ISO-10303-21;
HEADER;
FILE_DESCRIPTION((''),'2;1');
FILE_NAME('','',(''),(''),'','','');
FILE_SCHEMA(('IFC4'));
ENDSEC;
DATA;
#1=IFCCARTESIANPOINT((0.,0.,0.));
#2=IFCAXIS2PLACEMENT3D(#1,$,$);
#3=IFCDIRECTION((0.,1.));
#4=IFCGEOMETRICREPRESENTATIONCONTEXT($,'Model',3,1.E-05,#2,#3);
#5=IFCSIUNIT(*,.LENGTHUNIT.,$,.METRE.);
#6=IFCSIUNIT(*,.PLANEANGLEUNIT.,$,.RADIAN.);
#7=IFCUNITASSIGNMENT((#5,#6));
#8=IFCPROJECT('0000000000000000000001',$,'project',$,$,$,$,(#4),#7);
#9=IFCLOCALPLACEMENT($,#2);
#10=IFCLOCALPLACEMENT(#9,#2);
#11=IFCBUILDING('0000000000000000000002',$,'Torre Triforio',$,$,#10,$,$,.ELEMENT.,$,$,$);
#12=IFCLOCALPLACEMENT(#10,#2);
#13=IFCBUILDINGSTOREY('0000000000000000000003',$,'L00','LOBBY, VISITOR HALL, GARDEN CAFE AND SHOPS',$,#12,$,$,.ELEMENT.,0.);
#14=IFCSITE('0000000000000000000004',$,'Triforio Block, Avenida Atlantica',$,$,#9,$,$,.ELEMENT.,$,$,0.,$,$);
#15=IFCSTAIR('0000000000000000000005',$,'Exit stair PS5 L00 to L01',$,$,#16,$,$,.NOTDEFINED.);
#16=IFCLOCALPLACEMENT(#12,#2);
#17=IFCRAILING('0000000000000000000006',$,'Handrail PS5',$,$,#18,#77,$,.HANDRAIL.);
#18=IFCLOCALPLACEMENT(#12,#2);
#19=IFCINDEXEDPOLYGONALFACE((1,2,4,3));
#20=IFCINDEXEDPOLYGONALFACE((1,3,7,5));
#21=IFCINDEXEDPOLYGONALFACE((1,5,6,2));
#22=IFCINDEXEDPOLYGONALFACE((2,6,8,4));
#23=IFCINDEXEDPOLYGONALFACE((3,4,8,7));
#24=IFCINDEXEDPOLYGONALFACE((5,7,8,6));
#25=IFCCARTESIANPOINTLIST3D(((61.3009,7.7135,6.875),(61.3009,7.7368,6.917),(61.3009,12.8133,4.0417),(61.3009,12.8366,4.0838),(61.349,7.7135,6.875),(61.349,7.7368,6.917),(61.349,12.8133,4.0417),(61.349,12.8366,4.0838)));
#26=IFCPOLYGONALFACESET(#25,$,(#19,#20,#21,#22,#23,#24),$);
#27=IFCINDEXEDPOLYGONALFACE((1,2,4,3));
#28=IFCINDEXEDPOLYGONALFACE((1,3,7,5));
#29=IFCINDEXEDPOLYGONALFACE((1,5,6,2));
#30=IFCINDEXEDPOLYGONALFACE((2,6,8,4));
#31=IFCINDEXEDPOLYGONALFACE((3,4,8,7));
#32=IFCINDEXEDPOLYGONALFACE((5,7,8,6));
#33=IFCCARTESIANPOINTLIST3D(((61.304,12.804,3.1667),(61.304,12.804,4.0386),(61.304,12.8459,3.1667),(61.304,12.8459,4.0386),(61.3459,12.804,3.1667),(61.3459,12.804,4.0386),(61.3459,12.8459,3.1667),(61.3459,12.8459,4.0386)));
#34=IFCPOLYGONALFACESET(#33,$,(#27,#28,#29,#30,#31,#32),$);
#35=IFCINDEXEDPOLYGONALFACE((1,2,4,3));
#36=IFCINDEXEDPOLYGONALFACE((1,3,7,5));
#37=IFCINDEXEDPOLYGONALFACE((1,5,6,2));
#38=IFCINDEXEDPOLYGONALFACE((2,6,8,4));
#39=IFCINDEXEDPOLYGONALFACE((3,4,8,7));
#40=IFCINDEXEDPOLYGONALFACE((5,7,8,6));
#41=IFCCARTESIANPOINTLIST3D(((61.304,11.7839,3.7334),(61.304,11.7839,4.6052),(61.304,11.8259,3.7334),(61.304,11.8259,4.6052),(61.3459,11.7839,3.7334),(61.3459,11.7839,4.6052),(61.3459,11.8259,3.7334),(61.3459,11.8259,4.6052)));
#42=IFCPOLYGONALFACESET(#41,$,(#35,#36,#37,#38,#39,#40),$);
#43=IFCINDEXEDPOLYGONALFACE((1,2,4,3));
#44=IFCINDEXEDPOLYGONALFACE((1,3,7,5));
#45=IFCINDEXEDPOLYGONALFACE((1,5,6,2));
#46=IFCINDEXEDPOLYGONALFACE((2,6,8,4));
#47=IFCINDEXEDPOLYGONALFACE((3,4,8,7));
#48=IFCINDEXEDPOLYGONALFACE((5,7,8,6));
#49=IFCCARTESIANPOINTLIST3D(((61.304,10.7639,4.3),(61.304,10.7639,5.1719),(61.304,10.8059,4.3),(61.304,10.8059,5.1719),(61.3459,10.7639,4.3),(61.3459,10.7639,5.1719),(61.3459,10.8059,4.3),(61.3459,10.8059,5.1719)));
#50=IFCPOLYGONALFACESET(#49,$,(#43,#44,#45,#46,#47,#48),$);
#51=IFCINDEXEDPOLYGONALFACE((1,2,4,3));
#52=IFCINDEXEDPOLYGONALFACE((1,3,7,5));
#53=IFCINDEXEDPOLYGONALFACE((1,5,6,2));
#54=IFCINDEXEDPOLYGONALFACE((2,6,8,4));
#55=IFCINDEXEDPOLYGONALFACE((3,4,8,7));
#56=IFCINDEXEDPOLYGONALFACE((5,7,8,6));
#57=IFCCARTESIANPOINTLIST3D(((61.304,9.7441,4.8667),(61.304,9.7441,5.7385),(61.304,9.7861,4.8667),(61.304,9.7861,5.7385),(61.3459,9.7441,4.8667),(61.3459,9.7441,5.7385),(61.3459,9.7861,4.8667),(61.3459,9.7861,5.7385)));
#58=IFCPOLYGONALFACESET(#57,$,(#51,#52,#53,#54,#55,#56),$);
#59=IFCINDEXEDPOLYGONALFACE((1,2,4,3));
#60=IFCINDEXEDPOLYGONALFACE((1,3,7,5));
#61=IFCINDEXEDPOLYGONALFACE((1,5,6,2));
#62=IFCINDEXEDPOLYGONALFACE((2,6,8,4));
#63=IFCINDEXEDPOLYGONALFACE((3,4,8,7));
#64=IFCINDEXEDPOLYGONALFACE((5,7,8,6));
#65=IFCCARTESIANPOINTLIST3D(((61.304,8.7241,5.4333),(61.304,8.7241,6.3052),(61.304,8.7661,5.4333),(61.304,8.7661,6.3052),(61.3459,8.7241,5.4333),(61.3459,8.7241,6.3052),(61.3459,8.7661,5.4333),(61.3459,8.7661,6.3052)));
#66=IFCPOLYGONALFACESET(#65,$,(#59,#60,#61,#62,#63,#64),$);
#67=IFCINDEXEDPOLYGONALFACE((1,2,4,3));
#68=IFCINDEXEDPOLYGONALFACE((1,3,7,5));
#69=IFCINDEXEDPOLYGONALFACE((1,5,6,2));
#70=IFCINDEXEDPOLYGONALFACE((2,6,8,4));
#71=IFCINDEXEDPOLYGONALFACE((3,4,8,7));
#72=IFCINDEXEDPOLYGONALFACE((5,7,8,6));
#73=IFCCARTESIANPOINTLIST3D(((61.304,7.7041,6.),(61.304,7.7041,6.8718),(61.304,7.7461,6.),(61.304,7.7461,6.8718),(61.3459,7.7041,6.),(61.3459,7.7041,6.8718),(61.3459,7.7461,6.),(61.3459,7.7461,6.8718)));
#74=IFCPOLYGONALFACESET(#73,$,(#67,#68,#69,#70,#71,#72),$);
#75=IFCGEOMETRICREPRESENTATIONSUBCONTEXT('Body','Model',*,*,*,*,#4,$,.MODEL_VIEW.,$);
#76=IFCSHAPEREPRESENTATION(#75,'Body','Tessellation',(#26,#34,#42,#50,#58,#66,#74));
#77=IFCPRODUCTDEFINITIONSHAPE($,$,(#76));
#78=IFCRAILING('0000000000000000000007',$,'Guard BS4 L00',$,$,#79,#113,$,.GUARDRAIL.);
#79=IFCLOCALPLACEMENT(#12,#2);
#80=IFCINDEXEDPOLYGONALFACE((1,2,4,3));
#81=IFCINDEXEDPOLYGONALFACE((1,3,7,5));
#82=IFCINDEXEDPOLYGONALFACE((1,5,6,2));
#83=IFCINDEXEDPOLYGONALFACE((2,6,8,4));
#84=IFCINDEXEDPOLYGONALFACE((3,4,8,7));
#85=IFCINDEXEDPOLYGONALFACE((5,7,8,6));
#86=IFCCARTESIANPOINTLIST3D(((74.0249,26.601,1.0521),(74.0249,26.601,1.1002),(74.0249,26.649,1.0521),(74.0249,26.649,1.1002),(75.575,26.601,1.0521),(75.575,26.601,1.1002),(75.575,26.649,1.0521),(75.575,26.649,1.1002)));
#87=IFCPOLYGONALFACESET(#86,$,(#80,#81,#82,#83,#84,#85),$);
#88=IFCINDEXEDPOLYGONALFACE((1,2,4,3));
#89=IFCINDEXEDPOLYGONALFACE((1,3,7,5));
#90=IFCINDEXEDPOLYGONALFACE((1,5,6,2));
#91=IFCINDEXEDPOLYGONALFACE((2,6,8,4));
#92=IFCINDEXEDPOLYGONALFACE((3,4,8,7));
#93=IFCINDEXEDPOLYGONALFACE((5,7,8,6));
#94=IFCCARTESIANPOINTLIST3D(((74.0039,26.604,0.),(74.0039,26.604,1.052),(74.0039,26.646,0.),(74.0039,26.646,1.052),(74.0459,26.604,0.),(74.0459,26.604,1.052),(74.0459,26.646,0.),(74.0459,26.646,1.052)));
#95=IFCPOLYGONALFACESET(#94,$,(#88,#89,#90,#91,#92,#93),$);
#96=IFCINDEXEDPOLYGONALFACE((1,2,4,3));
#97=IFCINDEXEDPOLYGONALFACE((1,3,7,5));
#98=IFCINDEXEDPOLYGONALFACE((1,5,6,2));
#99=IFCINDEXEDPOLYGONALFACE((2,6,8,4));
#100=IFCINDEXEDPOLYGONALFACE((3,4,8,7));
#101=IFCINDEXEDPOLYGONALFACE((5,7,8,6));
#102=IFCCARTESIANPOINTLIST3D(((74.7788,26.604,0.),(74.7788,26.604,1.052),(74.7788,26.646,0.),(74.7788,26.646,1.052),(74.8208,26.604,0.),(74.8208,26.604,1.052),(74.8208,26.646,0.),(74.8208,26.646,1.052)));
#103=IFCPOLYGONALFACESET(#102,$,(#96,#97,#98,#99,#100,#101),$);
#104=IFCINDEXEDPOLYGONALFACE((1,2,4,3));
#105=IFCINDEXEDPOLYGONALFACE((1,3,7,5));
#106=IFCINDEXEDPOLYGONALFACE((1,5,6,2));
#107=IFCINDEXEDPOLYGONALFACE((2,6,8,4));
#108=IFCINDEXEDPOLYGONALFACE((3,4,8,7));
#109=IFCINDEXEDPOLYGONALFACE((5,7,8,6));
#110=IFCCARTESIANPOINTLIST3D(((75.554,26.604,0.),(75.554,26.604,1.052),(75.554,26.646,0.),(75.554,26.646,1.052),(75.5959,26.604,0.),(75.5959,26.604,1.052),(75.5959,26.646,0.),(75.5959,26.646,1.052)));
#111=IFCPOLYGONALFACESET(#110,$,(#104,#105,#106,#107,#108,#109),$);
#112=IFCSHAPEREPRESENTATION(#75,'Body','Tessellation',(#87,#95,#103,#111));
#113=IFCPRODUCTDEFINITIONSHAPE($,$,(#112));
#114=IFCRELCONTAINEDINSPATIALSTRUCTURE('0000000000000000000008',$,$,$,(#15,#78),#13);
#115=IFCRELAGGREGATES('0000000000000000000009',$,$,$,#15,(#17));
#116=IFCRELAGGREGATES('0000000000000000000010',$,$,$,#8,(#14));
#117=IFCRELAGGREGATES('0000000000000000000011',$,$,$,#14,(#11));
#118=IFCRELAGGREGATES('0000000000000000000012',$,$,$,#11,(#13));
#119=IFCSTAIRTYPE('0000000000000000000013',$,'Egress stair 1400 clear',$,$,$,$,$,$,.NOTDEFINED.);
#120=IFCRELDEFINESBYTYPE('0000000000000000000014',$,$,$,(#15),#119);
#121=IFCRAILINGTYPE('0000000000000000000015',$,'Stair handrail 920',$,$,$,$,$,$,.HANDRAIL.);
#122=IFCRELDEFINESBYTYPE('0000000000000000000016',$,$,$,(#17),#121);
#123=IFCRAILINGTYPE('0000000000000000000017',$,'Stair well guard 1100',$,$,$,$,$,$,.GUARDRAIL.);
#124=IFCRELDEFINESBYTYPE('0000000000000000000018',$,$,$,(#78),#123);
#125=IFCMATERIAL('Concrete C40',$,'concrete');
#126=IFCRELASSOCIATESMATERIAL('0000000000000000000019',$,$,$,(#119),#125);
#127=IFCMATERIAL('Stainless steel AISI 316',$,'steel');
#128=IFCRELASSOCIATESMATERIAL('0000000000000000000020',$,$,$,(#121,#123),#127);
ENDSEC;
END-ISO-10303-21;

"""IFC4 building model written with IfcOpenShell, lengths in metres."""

from ifc_helpers import new_model, si_unit, direction, frame, origin, origin_2d, place, context, subcontext, project, spatial, rectangle, extrude, material, type_object, element, aggregate, save


model = new_model("IFC4")

# Units and contexts
model_context = context("Model", 3, precision=1e-05, world=origin(), true_north=direction((0.0, 1.0)))
body_context = subcontext(model_context, "Body", "Model", "MODEL_VIEW")
ifc_project = project(units=[si_unit("LENGTHUNIT", "METRE"), si_unit("PLANEANGLEUNIT", "RADIAN")], contexts=[model_context])

# Site, building, storey
site_placement = place(None, origin())
site = spatial("IfcSite", under=ifc_project, at=site_placement, Name="Triforio Block, Avenida Atlantica", CompositionType="ELEMENT", RefElevation=0.0)
building_placement = place(site_placement, origin())
building = spatial("IfcBuilding", under=site, at=building_placement, Name="Torre Triforio", CompositionType="ELEMENT")
storey_placement = place(building_placement, origin())
storey = spatial("IfcBuildingStorey", under=building, at=storey_placement, Name="L00", Description="LOBBY, VISITOR HALL, GARDEN CAFE AND SHOPS", CompositionType="ELEMENT", Elevation=0.0)

# Shared definitions
ifc_material_1 = material(Name="Concrete C40", Category="concrete")

# Stair, railing
stair_type = type_object("IfcStairType", Name="Egress stair 1400 clear", PredefinedType="NOTDEFINED", material=ifc_material_1)
stair_placement = place(storey_placement, origin())
stair = element("IfcStair", 1, at=stair_placement, inside=storey, type_object=stair_type, Name="Exit stair PS5 L00 to L01", PredefinedType="NOTDEFINED")
ifc_material_2 = material(Name="Stainless steel AISI 316", Category="steel")
railing_type_1 = type_object("IfcRailingType", Name="Stair handrail 920", PredefinedType="HANDRAIL", material=ifc_material_2)
railing_1_placement = place(storey_placement, frame((61.325, 12.825, 3.1667)))
railing_1 = element("IfcRailing", 2, at=railing_1_placement, type_object=railing_type_1, Name="Handrail PS5", PredefinedType="HANDRAIL", context=body_context, shape_type="SweptSolid", body=[
    extrude(rectangle(XDim=0.0481, YDim=0.0481, at=origin_2d()), frame((0.0, 0.0, 0.896), z_axis=(0.0, -0.874157, 0.485643), x_axis=(1.0, 0.0, 0.0)), (0.0, 0.0, 1.0), 5.834),
    extrude(rectangle(XDim=0.042, YDim=0.042, at=origin_2d()), origin(), (0.0, 0.0, 1.0), 0.8718),
    extrude(rectangle(XDim=0.042, YDim=0.042, at=origin_2d()), frame((0.0, -1.02, 0.5667)), (0.0, 0.0, 1.0), 0.8718),
    extrude(rectangle(XDim=0.042, YDim=0.042, at=origin_2d()), frame((0.0, -2.04, 1.1333)), (0.0, 0.0, 1.0), 0.8718),
    extrude(rectangle(XDim=0.042, YDim=0.042, at=origin_2d()), frame((0.0, -3.0598, 1.7)), (0.0, 0.0, 1.0), 0.8718),
    extrude(rectangle(XDim=0.042, YDim=0.042, at=origin_2d()), frame((0.0, -4.0798, 2.2666)), (0.0, 0.0, 1.0), 0.8718),
    extrude(rectangle(XDim=0.042, YDim=0.042, at=origin_2d()), frame((0.0, -5.0999, 2.8333)), (0.0, 0.0, 1.0), 0.8718),
])
aggregate(stair, [railing_1])

# Railing
railing_type_2 = type_object("IfcRailingType", Name="Stair well guard 1100", PredefinedType="GUARDRAIL", material=ifc_material_2)
railing_2_placement = place(storey_placement, frame((74.0249, 26.625, 0.0)))
element("IfcRailing", 3, at=railing_2_placement, inside=storey, type_object=railing_type_2, Name="Guard BS4 L00", PredefinedType="GUARDRAIL", context=body_context, shape_type="SweptSolid", body=[
    extrude(rectangle(XDim=0.0481, YDim=0.0481, at=origin_2d()), frame((0.0, 0.0, 1.0762), z_axis=(1.0, 0.0, 0.0), x_axis=(0.0, 1.0, 0.0)), (0.0, 0.0, 1.0), 1.55),
    extrude(rectangle(XDim=0.042, YDim=0.042, at=origin_2d()), origin(), (0.0, 0.0, 1.0), 1.052),
    extrude(rectangle(XDim=0.042, YDim=0.042, at=origin_2d()), frame((0.7749, 0.0, 0.0)), (0.0, 0.0, 1.0), 1.052),
    extrude(rectangle(XDim=0.042, YDim=0.042, at=origin_2d()), frame((1.55, 0.0, 0.0)), (0.0, 0.0, 1.0), 1.052),
])

save(model, "model.ifc")
